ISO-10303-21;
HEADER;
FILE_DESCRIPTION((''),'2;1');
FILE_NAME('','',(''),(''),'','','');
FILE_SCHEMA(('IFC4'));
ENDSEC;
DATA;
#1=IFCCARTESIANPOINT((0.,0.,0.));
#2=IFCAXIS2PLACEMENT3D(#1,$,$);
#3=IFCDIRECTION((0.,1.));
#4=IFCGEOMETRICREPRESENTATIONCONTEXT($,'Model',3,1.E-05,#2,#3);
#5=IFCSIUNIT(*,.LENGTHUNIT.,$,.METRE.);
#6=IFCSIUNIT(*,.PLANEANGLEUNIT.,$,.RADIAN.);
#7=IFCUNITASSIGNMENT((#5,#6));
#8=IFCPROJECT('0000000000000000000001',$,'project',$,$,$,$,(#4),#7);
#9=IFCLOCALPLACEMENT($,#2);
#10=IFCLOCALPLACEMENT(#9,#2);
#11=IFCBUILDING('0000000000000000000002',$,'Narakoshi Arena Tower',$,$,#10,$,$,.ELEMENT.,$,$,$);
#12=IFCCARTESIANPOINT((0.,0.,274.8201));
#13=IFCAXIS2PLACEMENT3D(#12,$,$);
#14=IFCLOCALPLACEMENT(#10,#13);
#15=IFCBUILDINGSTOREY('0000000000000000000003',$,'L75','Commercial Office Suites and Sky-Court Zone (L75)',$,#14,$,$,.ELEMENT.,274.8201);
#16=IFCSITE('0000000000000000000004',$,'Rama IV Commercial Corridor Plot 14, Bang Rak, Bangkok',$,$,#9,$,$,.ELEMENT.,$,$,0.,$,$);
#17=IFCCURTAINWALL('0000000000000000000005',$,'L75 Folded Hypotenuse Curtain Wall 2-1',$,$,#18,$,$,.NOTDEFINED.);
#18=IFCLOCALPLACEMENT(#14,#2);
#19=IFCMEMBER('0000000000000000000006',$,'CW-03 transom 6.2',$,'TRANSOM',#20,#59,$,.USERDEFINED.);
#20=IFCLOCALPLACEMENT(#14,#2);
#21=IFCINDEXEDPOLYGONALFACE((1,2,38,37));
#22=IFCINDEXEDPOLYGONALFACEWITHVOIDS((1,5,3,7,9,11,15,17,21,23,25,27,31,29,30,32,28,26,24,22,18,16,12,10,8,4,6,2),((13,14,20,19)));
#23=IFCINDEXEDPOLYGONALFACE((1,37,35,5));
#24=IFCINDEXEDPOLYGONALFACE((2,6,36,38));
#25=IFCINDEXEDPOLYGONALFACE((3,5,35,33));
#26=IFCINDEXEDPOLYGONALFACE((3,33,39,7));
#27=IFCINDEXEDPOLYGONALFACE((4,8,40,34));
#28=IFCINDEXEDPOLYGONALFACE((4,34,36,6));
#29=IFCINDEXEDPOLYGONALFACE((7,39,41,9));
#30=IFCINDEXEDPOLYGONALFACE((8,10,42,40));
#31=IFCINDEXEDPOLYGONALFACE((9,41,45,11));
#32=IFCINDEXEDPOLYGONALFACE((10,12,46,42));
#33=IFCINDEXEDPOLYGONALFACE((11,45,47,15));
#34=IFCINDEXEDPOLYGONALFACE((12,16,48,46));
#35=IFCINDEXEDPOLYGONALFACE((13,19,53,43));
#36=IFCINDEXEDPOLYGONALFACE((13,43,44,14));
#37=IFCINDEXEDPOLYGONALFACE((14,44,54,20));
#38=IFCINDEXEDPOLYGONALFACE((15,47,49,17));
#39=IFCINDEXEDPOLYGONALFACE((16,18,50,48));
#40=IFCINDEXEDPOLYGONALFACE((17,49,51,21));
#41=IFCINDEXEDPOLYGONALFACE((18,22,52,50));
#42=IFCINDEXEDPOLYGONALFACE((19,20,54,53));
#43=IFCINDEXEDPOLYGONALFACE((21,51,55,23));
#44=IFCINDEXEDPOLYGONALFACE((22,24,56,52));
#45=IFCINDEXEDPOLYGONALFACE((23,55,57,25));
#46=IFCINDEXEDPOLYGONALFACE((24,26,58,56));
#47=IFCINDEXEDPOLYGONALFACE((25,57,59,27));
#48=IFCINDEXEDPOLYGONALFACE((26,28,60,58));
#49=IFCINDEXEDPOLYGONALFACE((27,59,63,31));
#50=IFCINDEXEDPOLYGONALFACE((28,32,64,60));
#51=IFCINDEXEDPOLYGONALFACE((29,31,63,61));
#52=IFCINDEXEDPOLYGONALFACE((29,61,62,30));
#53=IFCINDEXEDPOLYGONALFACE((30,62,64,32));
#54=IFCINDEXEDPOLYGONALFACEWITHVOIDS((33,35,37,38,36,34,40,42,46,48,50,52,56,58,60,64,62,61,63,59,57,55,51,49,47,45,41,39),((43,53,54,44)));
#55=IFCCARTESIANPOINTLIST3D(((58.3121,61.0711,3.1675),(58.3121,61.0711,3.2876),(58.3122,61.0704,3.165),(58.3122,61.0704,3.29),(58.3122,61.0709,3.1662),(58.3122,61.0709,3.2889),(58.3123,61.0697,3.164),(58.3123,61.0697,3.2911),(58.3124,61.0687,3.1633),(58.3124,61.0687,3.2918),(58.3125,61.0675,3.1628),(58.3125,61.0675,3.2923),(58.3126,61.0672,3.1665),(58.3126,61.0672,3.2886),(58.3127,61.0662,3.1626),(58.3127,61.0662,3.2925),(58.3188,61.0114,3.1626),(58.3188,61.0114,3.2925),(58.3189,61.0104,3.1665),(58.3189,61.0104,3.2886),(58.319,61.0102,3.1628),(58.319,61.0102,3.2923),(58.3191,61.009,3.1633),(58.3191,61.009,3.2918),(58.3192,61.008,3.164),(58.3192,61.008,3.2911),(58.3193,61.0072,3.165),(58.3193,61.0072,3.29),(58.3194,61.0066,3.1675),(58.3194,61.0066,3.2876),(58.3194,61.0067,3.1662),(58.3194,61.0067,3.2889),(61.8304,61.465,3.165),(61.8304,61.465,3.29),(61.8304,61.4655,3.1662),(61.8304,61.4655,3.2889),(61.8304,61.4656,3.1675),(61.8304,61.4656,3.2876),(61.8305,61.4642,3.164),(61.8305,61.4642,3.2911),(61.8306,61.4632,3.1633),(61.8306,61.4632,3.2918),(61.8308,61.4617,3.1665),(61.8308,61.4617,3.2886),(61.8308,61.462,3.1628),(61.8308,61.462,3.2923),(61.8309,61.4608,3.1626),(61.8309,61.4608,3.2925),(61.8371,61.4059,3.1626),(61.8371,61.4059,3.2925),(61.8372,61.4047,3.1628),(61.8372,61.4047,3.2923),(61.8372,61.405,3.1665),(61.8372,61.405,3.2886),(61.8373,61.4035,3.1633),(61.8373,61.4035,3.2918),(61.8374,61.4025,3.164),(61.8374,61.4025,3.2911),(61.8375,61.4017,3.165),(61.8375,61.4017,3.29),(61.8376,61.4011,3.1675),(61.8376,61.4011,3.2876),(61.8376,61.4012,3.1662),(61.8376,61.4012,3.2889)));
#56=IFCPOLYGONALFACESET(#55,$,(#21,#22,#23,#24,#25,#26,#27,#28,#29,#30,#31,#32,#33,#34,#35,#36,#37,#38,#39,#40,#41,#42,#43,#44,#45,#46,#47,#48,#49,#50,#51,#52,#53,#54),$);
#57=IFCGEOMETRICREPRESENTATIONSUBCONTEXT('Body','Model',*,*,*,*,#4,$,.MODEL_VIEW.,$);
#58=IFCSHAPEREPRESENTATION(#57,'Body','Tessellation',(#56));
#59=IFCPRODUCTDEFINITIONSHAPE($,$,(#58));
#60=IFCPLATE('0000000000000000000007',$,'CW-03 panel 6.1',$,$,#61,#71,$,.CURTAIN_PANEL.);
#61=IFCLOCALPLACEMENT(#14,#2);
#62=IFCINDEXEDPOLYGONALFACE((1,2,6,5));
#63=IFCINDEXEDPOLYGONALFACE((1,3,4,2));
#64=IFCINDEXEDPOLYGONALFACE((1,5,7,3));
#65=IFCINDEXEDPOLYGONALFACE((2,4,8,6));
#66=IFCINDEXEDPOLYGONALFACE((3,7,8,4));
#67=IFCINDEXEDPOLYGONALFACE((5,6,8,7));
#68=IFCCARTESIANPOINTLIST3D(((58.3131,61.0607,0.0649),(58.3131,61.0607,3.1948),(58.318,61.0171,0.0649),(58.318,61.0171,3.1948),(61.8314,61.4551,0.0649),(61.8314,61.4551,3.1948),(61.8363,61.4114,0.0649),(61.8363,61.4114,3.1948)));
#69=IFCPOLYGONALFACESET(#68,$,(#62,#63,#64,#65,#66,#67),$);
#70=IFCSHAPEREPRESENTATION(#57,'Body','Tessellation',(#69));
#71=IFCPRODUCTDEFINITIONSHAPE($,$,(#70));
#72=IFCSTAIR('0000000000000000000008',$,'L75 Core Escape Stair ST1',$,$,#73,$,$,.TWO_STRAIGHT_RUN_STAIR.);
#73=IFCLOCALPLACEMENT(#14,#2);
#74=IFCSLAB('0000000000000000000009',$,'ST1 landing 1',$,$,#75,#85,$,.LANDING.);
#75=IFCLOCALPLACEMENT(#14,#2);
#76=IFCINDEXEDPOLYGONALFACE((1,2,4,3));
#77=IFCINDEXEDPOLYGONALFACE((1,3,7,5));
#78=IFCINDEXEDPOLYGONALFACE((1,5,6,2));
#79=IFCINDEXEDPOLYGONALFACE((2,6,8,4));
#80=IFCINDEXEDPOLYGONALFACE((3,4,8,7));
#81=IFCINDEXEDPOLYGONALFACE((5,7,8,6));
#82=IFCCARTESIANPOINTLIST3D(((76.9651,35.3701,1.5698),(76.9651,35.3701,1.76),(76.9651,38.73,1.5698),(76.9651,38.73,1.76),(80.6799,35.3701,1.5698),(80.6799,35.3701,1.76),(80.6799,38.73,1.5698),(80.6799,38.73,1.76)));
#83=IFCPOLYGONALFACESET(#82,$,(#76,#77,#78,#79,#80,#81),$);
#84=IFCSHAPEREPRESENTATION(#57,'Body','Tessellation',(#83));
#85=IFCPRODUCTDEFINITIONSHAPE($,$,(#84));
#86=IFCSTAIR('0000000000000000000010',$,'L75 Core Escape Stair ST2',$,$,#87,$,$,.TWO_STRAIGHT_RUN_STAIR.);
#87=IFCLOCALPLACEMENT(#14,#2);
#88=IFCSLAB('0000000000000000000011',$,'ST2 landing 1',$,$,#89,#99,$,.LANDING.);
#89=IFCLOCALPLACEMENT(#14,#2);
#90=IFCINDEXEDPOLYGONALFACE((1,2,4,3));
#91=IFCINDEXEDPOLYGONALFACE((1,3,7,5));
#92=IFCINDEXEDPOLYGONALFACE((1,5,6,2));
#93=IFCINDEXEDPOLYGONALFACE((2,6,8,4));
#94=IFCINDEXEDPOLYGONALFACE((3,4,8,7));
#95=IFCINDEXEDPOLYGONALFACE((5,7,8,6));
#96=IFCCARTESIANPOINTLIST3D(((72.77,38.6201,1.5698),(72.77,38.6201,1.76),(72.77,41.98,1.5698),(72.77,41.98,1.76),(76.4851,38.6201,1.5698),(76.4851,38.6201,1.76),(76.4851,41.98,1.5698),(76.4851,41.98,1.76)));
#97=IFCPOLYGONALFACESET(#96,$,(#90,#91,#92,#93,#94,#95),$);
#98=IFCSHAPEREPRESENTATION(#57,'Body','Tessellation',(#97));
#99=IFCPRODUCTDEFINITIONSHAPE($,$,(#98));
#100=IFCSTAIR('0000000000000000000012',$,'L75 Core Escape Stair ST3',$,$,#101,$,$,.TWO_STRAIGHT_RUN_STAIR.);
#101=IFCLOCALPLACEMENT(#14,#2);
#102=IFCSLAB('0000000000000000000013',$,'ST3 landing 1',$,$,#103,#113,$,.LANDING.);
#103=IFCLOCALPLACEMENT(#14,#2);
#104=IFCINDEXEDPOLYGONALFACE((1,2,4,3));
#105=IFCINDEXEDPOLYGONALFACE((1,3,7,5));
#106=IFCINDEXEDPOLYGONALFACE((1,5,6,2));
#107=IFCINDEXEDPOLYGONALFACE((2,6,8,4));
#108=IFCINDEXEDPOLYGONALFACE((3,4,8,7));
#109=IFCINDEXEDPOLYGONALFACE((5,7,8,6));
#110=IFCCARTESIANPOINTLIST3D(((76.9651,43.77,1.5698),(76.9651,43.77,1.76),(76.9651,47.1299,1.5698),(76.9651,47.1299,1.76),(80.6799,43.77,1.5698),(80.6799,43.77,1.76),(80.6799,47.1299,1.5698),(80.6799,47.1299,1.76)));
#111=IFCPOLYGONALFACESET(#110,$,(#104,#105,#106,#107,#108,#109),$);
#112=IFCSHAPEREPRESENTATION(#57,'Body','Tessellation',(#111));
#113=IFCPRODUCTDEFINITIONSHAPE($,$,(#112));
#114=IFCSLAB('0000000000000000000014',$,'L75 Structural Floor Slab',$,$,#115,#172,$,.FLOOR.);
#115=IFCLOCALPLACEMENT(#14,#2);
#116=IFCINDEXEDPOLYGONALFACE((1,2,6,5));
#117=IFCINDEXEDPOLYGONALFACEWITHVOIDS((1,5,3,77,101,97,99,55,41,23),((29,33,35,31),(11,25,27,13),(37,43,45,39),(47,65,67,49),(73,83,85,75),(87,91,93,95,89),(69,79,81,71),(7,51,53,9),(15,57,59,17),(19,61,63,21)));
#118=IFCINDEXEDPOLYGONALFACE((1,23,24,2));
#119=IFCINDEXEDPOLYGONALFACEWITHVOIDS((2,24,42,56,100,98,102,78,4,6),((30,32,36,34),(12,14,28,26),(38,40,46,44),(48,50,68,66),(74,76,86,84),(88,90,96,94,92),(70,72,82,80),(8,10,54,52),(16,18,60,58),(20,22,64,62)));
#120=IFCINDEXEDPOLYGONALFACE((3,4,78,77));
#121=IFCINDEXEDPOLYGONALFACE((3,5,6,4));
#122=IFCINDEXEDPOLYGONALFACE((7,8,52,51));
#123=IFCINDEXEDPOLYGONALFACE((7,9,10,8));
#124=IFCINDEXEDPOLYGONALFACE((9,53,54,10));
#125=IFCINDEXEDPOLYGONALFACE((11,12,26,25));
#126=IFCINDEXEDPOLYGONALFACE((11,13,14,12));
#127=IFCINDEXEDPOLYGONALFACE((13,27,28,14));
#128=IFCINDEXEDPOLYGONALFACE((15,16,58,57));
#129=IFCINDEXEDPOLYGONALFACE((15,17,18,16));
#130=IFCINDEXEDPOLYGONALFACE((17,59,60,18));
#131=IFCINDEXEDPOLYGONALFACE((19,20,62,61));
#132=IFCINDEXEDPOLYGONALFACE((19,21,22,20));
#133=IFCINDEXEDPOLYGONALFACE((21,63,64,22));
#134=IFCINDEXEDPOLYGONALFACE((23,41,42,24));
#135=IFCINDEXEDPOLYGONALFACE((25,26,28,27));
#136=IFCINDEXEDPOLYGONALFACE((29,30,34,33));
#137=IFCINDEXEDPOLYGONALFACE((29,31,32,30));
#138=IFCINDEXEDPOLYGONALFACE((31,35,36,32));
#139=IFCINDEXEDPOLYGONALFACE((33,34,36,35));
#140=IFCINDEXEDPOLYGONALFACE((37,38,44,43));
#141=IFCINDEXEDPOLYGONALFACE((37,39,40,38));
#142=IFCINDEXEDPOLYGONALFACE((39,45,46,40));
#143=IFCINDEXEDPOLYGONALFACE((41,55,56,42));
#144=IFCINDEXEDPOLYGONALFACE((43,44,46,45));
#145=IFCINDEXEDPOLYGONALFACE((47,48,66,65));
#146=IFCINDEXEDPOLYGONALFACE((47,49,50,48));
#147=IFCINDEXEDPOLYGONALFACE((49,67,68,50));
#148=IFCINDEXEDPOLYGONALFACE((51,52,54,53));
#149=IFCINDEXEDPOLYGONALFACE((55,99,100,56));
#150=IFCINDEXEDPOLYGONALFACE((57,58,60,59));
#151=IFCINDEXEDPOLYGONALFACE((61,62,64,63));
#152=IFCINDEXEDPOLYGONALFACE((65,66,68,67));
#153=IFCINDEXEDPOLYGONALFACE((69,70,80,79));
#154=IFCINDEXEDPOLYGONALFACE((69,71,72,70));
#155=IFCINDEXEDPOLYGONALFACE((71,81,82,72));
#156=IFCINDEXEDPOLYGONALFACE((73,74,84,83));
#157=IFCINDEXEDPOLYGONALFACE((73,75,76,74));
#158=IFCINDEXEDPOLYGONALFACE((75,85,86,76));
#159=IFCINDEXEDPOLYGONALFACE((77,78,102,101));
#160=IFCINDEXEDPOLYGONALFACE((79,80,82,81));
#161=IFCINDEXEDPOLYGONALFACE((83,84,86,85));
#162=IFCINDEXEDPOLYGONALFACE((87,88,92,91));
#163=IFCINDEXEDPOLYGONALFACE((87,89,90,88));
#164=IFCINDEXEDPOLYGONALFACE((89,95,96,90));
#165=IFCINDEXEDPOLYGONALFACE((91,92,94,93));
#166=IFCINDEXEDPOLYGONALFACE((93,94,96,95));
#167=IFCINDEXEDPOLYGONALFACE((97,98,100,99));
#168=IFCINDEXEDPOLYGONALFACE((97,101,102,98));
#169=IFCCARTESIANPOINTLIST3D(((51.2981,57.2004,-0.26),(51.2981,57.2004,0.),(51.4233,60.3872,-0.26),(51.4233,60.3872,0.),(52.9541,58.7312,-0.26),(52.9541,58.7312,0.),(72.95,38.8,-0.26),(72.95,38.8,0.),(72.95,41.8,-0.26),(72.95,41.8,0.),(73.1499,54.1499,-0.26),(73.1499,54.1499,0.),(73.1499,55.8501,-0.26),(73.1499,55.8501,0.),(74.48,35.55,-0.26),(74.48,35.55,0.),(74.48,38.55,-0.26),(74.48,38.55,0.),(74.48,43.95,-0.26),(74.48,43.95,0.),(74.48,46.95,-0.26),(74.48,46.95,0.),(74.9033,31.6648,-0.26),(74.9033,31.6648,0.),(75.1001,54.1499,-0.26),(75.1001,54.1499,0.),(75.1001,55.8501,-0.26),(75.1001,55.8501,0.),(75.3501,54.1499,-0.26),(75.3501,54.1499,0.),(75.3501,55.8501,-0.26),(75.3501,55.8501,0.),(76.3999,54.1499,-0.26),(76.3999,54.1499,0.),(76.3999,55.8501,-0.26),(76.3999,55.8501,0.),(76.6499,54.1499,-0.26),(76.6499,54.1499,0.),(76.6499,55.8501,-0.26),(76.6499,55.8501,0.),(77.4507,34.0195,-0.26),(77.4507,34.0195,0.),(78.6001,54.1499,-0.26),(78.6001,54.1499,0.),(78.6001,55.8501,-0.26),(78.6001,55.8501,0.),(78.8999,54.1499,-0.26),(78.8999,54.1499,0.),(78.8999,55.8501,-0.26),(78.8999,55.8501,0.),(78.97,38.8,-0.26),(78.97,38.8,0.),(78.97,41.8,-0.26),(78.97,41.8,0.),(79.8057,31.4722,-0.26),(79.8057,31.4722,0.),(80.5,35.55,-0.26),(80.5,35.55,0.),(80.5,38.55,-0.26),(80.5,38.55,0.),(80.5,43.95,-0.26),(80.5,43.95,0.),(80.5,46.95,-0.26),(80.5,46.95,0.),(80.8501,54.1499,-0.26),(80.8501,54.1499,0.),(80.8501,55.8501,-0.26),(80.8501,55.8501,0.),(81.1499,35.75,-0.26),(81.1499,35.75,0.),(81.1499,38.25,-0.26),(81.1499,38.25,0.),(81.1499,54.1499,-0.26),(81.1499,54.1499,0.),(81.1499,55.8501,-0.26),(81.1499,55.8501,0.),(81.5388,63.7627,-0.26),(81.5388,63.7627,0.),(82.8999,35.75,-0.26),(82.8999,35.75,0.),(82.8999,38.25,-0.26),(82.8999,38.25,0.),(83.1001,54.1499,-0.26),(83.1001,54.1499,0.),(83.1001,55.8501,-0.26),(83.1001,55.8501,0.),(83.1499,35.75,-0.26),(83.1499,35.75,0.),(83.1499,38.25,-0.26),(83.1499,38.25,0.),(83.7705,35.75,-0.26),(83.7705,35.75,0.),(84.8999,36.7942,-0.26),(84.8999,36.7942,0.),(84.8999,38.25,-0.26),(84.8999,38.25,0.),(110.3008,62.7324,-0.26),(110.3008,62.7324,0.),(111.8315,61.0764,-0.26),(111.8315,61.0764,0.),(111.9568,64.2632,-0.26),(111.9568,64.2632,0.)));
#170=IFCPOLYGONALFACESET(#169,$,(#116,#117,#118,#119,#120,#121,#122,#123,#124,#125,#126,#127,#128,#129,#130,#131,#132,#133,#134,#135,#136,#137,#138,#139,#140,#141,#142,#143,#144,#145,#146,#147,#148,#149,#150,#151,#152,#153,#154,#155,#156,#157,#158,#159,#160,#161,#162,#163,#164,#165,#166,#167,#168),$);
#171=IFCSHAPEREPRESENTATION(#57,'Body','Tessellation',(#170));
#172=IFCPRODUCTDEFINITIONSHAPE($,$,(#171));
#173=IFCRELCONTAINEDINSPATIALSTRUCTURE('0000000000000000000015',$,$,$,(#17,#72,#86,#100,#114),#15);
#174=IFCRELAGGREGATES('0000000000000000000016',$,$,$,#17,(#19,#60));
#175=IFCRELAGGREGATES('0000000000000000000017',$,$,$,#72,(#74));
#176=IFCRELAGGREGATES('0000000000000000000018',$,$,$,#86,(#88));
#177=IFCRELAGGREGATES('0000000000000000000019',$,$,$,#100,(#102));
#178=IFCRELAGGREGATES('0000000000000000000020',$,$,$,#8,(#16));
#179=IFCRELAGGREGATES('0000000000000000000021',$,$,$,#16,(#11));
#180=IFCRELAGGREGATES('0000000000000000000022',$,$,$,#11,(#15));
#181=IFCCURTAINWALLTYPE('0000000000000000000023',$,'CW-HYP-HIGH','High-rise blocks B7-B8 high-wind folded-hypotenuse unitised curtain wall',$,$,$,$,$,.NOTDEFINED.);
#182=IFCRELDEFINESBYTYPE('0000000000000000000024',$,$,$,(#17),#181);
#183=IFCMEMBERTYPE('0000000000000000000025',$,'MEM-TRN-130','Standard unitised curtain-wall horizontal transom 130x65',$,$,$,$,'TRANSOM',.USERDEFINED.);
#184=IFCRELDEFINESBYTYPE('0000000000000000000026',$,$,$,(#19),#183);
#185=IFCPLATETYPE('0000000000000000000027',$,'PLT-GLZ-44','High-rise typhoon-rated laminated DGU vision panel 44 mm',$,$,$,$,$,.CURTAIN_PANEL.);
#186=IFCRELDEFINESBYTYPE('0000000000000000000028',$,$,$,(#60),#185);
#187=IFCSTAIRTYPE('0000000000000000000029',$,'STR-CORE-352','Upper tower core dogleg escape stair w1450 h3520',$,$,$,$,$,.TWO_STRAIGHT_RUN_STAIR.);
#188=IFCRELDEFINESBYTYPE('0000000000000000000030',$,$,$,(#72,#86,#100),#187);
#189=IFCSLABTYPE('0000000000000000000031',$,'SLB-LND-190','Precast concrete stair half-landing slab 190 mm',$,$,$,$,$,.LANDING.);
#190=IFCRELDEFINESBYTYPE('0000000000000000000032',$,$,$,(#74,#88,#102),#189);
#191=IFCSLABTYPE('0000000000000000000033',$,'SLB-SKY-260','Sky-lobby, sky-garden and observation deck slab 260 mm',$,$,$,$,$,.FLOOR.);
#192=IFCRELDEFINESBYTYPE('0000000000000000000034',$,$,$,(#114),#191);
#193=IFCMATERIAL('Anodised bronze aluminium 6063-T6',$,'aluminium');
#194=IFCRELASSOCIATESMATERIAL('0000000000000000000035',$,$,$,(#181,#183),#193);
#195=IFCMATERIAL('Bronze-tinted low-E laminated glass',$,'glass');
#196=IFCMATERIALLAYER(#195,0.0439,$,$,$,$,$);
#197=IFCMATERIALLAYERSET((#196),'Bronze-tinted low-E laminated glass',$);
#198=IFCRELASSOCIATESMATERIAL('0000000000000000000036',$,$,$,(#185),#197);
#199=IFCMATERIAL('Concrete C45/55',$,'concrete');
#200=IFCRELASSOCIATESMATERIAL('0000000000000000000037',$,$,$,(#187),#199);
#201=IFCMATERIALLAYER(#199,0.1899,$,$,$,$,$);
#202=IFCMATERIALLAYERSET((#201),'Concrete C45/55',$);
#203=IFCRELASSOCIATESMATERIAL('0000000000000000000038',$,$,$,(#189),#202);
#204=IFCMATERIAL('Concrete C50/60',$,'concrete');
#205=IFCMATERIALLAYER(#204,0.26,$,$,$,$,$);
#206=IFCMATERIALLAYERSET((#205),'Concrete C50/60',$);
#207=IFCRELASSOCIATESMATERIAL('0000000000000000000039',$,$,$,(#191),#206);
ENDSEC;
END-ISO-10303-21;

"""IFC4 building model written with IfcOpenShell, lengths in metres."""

from ifc_helpers import new_model, si_unit, direction, frame, origin, origin_2d, place, context, subcontext, project, spatial, polyline, rectangle, hollow_rectangle, outline, extrude, material, layer, layer_set, material_profile, profile_set, type_object, element, aggregate, save


model = new_model("IFC4")

# Units and contexts
model_context = context("Model", 3, precision=1e-05, world=origin(), true_north=direction((0.0, 1.0)))
body_context = subcontext(model_context, "Body", "Model", "MODEL_VIEW")
ifc_project = project(units=[si_unit("LENGTHUNIT", "METRE"), si_unit("PLANEANGLEUNIT", "RADIAN")], contexts=[model_context])

# Site, building, storey
site_placement = place(None, origin())
site = spatial("IfcSite", under=ifc_project, at=site_placement, Name="Rama IV Commercial Corridor Plot 14, Bang Rak, Bangkok", CompositionType="ELEMENT", RefElevation=0.0)
building_placement = place(site_placement, origin())
building = spatial("IfcBuilding", under=site, at=building_placement, Name="Narakoshi Arena Tower", CompositionType="ELEMENT")
storey_placement = place(building_placement, frame((0.0, 0.0, 274.8201)))
storey = spatial("IfcBuildingStorey", under=building, at=storey_placement, Name="L75", Description="Commercial Office Suites and Sky-Court Zone (L75)", CompositionType="ELEMENT", Elevation=274.8201)

# Shared definitions
ifc_material_1 = material(Name="Concrete C50/60", Category="concrete")

# Curtain wall, member, plate
ifc_material_2 = material(Name="Anodised bronze aluminium 6063-T6", Category="aluminium")
curtain_wall_type = type_object("IfcCurtainWallType", Name="CW-HYP-HIGH", Description="High-rise blocks B7-B8 high-wind folded-hypotenuse unitised curtain wall", PredefinedType="NOTDEFINED", material=ifc_material_2)
curtain_wall_placement = place(storey_placement, origin())
curtain_wall = element("IfcCurtainWall", 1, at=curtain_wall_placement, inside=storey, type_object=curtain_wall_type, Name="L75 Folded Hypotenuse Curtain Wall 2-1", PredefinedType="NOTDEFINED")
ifc_material_profile_1 = material_profile(ifc_material_2, hollow_rectangle(XDim=0.0649, YDim=0.1299, WallThickness=0.0039, OuterFilletRadius=0.0049, at=origin_2d()), Name="TRN130x65x4")
ifc_profile_set_1 = profile_set([ifc_material_profile_1], Name="Anodised bronze aluminium 6063-T6")
member_type_1 = type_object("IfcMemberType", Name="MEM-TRN-130", Description="Standard unitised curtain-wall horizontal transom 130x65", ElementType="TRANSOM", PredefinedType="USERDEFINED", material=ifc_profile_set_1)
member_1_placement = place(storey_placement, frame((61.834, 61.4333, 3.2275), z_axis=(-0.993771, -0.111438, 0.0), x_axis=(0.111438, -0.993771, 0.0)))
member_1 = element("IfcMember", 2, at=member_1_placement, type_object=member_type_1, Name="CW-03 transom 6.2", ObjectType="TRANSOM", PredefinedType="USERDEFINED", context=body_context, shape_type="SweptSolid", body=[
    extrude(hollow_rectangle(XDim=0.0649, YDim=0.1299, WallThickness=0.0039, OuterFilletRadius=0.0049, at=origin_2d()), origin(), (0.0, 0.0, 1.0), 3.5403),
])
ifc_material_3 = material(Name="Bronze-tinted low-E laminated glass", Category="glass")
ifc_layer_1 = layer(ifc_material_3, 0.0439)
ifc_layer_set_1 = layer_set([ifc_layer_1], Name="Bronze-tinted low-E laminated glass")
plate_type = type_object("IfcPlateType", Name="PLT-GLZ-44", Description="High-rise typhoon-rated laminated DGU vision panel 44 mm", PredefinedType="CURTAIN_PANEL", material=ifc_layer_set_1)
plate_placement = place(storey_placement, frame((60.0747, 61.2361, 0.0649), z_axis=(0.0, 0.0, 1.0), x_axis=(-0.993776, -0.111396, 0.0)))
plate = element("IfcPlate", 3, at=plate_placement, type_object=plate_type, Name="CW-03 panel 6.1", PredefinedType="CURTAIN_PANEL", context=body_context, shape_type="SweptSolid", body=[
    extrude(rectangle(XDim=3.5403, YDim=0.0439, at=origin_2d()), origin(), (0.0, 0.0, 1.0), 3.1299),
])
aggregate(curtain_wall, [member_1, plate])

# Stairs, slabs
ifc_material_4 = material(Name="Concrete C45/55", Category="concrete")
stair_type = type_object("IfcStairType", Name="STR-CORE-352", Description="Upper tower core dogleg escape stair w1450 h3520", PredefinedType="TWO_STRAIGHT_RUN_STAIR", material=ifc_material_4)
stair_1_placement = place(storey_placement, origin())
stair_1 = element("IfcStair", 4, at=stair_1_placement, inside=storey, type_object=stair_type, Name="L75 Core Escape Stair ST1", PredefinedType="TWO_STRAIGHT_RUN_STAIR")
ifc_layer_2 = layer(ifc_material_4, 0.1899)
ifc_layer_set_2 = layer_set([ifc_layer_2], Name="Concrete C45/55")
slab_type_1 = type_object("IfcSlabType", Name="SLB-LND-190", Description="Precast concrete stair half-landing slab 190 mm", PredefinedType="LANDING", material=ifc_layer_set_2)
slab_1_placement = place(storey_placement, frame((0.0, 0.0, 1.5698)))
slab_1 = element("IfcSlab", 5, at=slab_1_placement, type_object=slab_type_1, Name="ST1 landing 1", PredefinedType="LANDING", context=body_context, shape_type="SweptSolid", body=[
    extrude(outline(polyline([(76.9651, 35.3701), (80.6799, 35.3701), (80.6799, 38.73), (76.9651, 38.73), (76.9651, 35.3701)])), origin(), (0.0, 0.0, 1.0), 0.1902),
])
aggregate(stair_1, [slab_1])
stair_2_placement = place(storey_placement, origin())
stair_2 = element("IfcStair", 6, at=stair_2_placement, inside=storey, type_object=stair_type, Name="L75 Core Escape Stair ST2", PredefinedType="TWO_STRAIGHT_RUN_STAIR")
slab_2_placement = place(storey_placement, frame((0.0, 0.0, 1.5698)))
slab_2 = element("IfcSlab", 7, at=slab_2_placement, type_object=slab_type_1, Name="ST2 landing 1", PredefinedType="LANDING", context=body_context, shape_type="SweptSolid", body=[
    extrude(outline(polyline([(72.77, 38.6201), (76.4851, 38.6201), (76.4851, 41.98), (72.77, 41.98), (72.77, 38.6201)])), origin(), (0.0, 0.0, 1.0), 0.1902),
])
aggregate(stair_2, [slab_2])
stair_3_placement = place(storey_placement, origin())
stair_3 = element("IfcStair", 8, at=stair_3_placement, inside=storey, type_object=stair_type, Name="L75 Core Escape Stair ST3", PredefinedType="TWO_STRAIGHT_RUN_STAIR")
slab_3_placement = place(storey_placement, frame((0.0, 0.0, 1.5698)))
slab_3 = element("IfcSlab", 9, at=slab_3_placement, type_object=slab_type_1, Name="ST3 landing 1", PredefinedType="LANDING", context=body_context, shape_type="SweptSolid", body=[
    extrude(outline(polyline([(76.9651, 43.77), (80.6799, 43.77), (80.6799, 47.1299), (76.9651, 47.1299), (76.9651, 43.77)])), origin(), (0.0, 0.0, 1.0), 0.1902),
])
aggregate(stair_3, [slab_3])

# Slab
ifc_layer_3 = layer(ifc_material_1, 0.26)
ifc_layer_set_3 = layer_set([ifc_layer_3], Name="Concrete C50/60")
slab_type_2 = type_object("IfcSlabType", Name="SLB-SKY-260", Description="Sky-lobby, sky-garden and observation deck slab 260 mm", PredefinedType="FLOOR", material=ifc_layer_set_3)
slab_4_placement = place(storey_placement, frame((0.0, 0.0, -0.26)))
element("IfcSlab", 10, at=slab_4_placement, inside=storey, type_object=slab_type_2, Name="L75 Structural Floor Slab", PredefinedType="FLOOR", context=body_context, shape_type="SweptSolid", body=[
    extrude(outline(polyline([(79.8057, 31.4722), (111.8315, 61.0764), (110.3008, 62.7324), (111.9568, 64.2632), (81.5388, 63.7627), (51.4233, 60.3872), (52.9541, 58.7312), (51.2981, 57.2004), (74.9033, 31.6648), (77.4507, 34.0195), (79.8057, 31.4722)]), holes=[polyline([(80.5, 35.55), (74.48, 35.55), (74.48, 38.55), (80.5, 38.55), (80.5, 35.55)]), polyline([(82.8999, 35.75), (81.1499, 35.75), (81.1499, 38.25), (82.8999, 38.25), (82.8999, 35.75)]), polyline([(84.8999, 36.7942), (83.7705, 35.75), (83.1499, 35.75), (83.1499, 38.25), (84.8999, 38.25), (84.8999, 36.7942)]), polyline([(72.95, 38.8), (72.95, 41.8), (78.97, 41.8), (78.97, 38.8), (72.95, 38.8)]), polyline([(74.48, 43.95), (74.48, 46.95), (80.5, 46.95), (80.5, 43.95), (74.48, 43.95)]), polyline([(75.1001, 54.1499), (73.1499, 54.1499), (73.1499, 55.8501), (75.1001, 55.8501), (75.1001, 54.1499)]), polyline([(76.3999, 54.1499), (75.3501, 54.1499), (75.3501, 55.8501), (76.3999, 55.8501), (76.3999, 54.1499)]), polyline([(78.6001, 54.1499), (76.6499, 54.1499), (76.6499, 55.8501), (78.6001, 55.8501), (78.6001, 54.1499)]), polyline([(78.8999, 54.1499), (78.8999, 55.8501), (80.8501, 55.8501), (80.8501, 54.1499), (78.8999, 54.1499)]), polyline([(81.1499, 54.1499), (81.1499, 55.8501), (83.1001, 55.8501), (83.1001, 54.1499), (81.1499, 54.1499)])]), origin(), (0.0, 0.0, 1.0), 0.26),
])

save(model, "model.ifc")
